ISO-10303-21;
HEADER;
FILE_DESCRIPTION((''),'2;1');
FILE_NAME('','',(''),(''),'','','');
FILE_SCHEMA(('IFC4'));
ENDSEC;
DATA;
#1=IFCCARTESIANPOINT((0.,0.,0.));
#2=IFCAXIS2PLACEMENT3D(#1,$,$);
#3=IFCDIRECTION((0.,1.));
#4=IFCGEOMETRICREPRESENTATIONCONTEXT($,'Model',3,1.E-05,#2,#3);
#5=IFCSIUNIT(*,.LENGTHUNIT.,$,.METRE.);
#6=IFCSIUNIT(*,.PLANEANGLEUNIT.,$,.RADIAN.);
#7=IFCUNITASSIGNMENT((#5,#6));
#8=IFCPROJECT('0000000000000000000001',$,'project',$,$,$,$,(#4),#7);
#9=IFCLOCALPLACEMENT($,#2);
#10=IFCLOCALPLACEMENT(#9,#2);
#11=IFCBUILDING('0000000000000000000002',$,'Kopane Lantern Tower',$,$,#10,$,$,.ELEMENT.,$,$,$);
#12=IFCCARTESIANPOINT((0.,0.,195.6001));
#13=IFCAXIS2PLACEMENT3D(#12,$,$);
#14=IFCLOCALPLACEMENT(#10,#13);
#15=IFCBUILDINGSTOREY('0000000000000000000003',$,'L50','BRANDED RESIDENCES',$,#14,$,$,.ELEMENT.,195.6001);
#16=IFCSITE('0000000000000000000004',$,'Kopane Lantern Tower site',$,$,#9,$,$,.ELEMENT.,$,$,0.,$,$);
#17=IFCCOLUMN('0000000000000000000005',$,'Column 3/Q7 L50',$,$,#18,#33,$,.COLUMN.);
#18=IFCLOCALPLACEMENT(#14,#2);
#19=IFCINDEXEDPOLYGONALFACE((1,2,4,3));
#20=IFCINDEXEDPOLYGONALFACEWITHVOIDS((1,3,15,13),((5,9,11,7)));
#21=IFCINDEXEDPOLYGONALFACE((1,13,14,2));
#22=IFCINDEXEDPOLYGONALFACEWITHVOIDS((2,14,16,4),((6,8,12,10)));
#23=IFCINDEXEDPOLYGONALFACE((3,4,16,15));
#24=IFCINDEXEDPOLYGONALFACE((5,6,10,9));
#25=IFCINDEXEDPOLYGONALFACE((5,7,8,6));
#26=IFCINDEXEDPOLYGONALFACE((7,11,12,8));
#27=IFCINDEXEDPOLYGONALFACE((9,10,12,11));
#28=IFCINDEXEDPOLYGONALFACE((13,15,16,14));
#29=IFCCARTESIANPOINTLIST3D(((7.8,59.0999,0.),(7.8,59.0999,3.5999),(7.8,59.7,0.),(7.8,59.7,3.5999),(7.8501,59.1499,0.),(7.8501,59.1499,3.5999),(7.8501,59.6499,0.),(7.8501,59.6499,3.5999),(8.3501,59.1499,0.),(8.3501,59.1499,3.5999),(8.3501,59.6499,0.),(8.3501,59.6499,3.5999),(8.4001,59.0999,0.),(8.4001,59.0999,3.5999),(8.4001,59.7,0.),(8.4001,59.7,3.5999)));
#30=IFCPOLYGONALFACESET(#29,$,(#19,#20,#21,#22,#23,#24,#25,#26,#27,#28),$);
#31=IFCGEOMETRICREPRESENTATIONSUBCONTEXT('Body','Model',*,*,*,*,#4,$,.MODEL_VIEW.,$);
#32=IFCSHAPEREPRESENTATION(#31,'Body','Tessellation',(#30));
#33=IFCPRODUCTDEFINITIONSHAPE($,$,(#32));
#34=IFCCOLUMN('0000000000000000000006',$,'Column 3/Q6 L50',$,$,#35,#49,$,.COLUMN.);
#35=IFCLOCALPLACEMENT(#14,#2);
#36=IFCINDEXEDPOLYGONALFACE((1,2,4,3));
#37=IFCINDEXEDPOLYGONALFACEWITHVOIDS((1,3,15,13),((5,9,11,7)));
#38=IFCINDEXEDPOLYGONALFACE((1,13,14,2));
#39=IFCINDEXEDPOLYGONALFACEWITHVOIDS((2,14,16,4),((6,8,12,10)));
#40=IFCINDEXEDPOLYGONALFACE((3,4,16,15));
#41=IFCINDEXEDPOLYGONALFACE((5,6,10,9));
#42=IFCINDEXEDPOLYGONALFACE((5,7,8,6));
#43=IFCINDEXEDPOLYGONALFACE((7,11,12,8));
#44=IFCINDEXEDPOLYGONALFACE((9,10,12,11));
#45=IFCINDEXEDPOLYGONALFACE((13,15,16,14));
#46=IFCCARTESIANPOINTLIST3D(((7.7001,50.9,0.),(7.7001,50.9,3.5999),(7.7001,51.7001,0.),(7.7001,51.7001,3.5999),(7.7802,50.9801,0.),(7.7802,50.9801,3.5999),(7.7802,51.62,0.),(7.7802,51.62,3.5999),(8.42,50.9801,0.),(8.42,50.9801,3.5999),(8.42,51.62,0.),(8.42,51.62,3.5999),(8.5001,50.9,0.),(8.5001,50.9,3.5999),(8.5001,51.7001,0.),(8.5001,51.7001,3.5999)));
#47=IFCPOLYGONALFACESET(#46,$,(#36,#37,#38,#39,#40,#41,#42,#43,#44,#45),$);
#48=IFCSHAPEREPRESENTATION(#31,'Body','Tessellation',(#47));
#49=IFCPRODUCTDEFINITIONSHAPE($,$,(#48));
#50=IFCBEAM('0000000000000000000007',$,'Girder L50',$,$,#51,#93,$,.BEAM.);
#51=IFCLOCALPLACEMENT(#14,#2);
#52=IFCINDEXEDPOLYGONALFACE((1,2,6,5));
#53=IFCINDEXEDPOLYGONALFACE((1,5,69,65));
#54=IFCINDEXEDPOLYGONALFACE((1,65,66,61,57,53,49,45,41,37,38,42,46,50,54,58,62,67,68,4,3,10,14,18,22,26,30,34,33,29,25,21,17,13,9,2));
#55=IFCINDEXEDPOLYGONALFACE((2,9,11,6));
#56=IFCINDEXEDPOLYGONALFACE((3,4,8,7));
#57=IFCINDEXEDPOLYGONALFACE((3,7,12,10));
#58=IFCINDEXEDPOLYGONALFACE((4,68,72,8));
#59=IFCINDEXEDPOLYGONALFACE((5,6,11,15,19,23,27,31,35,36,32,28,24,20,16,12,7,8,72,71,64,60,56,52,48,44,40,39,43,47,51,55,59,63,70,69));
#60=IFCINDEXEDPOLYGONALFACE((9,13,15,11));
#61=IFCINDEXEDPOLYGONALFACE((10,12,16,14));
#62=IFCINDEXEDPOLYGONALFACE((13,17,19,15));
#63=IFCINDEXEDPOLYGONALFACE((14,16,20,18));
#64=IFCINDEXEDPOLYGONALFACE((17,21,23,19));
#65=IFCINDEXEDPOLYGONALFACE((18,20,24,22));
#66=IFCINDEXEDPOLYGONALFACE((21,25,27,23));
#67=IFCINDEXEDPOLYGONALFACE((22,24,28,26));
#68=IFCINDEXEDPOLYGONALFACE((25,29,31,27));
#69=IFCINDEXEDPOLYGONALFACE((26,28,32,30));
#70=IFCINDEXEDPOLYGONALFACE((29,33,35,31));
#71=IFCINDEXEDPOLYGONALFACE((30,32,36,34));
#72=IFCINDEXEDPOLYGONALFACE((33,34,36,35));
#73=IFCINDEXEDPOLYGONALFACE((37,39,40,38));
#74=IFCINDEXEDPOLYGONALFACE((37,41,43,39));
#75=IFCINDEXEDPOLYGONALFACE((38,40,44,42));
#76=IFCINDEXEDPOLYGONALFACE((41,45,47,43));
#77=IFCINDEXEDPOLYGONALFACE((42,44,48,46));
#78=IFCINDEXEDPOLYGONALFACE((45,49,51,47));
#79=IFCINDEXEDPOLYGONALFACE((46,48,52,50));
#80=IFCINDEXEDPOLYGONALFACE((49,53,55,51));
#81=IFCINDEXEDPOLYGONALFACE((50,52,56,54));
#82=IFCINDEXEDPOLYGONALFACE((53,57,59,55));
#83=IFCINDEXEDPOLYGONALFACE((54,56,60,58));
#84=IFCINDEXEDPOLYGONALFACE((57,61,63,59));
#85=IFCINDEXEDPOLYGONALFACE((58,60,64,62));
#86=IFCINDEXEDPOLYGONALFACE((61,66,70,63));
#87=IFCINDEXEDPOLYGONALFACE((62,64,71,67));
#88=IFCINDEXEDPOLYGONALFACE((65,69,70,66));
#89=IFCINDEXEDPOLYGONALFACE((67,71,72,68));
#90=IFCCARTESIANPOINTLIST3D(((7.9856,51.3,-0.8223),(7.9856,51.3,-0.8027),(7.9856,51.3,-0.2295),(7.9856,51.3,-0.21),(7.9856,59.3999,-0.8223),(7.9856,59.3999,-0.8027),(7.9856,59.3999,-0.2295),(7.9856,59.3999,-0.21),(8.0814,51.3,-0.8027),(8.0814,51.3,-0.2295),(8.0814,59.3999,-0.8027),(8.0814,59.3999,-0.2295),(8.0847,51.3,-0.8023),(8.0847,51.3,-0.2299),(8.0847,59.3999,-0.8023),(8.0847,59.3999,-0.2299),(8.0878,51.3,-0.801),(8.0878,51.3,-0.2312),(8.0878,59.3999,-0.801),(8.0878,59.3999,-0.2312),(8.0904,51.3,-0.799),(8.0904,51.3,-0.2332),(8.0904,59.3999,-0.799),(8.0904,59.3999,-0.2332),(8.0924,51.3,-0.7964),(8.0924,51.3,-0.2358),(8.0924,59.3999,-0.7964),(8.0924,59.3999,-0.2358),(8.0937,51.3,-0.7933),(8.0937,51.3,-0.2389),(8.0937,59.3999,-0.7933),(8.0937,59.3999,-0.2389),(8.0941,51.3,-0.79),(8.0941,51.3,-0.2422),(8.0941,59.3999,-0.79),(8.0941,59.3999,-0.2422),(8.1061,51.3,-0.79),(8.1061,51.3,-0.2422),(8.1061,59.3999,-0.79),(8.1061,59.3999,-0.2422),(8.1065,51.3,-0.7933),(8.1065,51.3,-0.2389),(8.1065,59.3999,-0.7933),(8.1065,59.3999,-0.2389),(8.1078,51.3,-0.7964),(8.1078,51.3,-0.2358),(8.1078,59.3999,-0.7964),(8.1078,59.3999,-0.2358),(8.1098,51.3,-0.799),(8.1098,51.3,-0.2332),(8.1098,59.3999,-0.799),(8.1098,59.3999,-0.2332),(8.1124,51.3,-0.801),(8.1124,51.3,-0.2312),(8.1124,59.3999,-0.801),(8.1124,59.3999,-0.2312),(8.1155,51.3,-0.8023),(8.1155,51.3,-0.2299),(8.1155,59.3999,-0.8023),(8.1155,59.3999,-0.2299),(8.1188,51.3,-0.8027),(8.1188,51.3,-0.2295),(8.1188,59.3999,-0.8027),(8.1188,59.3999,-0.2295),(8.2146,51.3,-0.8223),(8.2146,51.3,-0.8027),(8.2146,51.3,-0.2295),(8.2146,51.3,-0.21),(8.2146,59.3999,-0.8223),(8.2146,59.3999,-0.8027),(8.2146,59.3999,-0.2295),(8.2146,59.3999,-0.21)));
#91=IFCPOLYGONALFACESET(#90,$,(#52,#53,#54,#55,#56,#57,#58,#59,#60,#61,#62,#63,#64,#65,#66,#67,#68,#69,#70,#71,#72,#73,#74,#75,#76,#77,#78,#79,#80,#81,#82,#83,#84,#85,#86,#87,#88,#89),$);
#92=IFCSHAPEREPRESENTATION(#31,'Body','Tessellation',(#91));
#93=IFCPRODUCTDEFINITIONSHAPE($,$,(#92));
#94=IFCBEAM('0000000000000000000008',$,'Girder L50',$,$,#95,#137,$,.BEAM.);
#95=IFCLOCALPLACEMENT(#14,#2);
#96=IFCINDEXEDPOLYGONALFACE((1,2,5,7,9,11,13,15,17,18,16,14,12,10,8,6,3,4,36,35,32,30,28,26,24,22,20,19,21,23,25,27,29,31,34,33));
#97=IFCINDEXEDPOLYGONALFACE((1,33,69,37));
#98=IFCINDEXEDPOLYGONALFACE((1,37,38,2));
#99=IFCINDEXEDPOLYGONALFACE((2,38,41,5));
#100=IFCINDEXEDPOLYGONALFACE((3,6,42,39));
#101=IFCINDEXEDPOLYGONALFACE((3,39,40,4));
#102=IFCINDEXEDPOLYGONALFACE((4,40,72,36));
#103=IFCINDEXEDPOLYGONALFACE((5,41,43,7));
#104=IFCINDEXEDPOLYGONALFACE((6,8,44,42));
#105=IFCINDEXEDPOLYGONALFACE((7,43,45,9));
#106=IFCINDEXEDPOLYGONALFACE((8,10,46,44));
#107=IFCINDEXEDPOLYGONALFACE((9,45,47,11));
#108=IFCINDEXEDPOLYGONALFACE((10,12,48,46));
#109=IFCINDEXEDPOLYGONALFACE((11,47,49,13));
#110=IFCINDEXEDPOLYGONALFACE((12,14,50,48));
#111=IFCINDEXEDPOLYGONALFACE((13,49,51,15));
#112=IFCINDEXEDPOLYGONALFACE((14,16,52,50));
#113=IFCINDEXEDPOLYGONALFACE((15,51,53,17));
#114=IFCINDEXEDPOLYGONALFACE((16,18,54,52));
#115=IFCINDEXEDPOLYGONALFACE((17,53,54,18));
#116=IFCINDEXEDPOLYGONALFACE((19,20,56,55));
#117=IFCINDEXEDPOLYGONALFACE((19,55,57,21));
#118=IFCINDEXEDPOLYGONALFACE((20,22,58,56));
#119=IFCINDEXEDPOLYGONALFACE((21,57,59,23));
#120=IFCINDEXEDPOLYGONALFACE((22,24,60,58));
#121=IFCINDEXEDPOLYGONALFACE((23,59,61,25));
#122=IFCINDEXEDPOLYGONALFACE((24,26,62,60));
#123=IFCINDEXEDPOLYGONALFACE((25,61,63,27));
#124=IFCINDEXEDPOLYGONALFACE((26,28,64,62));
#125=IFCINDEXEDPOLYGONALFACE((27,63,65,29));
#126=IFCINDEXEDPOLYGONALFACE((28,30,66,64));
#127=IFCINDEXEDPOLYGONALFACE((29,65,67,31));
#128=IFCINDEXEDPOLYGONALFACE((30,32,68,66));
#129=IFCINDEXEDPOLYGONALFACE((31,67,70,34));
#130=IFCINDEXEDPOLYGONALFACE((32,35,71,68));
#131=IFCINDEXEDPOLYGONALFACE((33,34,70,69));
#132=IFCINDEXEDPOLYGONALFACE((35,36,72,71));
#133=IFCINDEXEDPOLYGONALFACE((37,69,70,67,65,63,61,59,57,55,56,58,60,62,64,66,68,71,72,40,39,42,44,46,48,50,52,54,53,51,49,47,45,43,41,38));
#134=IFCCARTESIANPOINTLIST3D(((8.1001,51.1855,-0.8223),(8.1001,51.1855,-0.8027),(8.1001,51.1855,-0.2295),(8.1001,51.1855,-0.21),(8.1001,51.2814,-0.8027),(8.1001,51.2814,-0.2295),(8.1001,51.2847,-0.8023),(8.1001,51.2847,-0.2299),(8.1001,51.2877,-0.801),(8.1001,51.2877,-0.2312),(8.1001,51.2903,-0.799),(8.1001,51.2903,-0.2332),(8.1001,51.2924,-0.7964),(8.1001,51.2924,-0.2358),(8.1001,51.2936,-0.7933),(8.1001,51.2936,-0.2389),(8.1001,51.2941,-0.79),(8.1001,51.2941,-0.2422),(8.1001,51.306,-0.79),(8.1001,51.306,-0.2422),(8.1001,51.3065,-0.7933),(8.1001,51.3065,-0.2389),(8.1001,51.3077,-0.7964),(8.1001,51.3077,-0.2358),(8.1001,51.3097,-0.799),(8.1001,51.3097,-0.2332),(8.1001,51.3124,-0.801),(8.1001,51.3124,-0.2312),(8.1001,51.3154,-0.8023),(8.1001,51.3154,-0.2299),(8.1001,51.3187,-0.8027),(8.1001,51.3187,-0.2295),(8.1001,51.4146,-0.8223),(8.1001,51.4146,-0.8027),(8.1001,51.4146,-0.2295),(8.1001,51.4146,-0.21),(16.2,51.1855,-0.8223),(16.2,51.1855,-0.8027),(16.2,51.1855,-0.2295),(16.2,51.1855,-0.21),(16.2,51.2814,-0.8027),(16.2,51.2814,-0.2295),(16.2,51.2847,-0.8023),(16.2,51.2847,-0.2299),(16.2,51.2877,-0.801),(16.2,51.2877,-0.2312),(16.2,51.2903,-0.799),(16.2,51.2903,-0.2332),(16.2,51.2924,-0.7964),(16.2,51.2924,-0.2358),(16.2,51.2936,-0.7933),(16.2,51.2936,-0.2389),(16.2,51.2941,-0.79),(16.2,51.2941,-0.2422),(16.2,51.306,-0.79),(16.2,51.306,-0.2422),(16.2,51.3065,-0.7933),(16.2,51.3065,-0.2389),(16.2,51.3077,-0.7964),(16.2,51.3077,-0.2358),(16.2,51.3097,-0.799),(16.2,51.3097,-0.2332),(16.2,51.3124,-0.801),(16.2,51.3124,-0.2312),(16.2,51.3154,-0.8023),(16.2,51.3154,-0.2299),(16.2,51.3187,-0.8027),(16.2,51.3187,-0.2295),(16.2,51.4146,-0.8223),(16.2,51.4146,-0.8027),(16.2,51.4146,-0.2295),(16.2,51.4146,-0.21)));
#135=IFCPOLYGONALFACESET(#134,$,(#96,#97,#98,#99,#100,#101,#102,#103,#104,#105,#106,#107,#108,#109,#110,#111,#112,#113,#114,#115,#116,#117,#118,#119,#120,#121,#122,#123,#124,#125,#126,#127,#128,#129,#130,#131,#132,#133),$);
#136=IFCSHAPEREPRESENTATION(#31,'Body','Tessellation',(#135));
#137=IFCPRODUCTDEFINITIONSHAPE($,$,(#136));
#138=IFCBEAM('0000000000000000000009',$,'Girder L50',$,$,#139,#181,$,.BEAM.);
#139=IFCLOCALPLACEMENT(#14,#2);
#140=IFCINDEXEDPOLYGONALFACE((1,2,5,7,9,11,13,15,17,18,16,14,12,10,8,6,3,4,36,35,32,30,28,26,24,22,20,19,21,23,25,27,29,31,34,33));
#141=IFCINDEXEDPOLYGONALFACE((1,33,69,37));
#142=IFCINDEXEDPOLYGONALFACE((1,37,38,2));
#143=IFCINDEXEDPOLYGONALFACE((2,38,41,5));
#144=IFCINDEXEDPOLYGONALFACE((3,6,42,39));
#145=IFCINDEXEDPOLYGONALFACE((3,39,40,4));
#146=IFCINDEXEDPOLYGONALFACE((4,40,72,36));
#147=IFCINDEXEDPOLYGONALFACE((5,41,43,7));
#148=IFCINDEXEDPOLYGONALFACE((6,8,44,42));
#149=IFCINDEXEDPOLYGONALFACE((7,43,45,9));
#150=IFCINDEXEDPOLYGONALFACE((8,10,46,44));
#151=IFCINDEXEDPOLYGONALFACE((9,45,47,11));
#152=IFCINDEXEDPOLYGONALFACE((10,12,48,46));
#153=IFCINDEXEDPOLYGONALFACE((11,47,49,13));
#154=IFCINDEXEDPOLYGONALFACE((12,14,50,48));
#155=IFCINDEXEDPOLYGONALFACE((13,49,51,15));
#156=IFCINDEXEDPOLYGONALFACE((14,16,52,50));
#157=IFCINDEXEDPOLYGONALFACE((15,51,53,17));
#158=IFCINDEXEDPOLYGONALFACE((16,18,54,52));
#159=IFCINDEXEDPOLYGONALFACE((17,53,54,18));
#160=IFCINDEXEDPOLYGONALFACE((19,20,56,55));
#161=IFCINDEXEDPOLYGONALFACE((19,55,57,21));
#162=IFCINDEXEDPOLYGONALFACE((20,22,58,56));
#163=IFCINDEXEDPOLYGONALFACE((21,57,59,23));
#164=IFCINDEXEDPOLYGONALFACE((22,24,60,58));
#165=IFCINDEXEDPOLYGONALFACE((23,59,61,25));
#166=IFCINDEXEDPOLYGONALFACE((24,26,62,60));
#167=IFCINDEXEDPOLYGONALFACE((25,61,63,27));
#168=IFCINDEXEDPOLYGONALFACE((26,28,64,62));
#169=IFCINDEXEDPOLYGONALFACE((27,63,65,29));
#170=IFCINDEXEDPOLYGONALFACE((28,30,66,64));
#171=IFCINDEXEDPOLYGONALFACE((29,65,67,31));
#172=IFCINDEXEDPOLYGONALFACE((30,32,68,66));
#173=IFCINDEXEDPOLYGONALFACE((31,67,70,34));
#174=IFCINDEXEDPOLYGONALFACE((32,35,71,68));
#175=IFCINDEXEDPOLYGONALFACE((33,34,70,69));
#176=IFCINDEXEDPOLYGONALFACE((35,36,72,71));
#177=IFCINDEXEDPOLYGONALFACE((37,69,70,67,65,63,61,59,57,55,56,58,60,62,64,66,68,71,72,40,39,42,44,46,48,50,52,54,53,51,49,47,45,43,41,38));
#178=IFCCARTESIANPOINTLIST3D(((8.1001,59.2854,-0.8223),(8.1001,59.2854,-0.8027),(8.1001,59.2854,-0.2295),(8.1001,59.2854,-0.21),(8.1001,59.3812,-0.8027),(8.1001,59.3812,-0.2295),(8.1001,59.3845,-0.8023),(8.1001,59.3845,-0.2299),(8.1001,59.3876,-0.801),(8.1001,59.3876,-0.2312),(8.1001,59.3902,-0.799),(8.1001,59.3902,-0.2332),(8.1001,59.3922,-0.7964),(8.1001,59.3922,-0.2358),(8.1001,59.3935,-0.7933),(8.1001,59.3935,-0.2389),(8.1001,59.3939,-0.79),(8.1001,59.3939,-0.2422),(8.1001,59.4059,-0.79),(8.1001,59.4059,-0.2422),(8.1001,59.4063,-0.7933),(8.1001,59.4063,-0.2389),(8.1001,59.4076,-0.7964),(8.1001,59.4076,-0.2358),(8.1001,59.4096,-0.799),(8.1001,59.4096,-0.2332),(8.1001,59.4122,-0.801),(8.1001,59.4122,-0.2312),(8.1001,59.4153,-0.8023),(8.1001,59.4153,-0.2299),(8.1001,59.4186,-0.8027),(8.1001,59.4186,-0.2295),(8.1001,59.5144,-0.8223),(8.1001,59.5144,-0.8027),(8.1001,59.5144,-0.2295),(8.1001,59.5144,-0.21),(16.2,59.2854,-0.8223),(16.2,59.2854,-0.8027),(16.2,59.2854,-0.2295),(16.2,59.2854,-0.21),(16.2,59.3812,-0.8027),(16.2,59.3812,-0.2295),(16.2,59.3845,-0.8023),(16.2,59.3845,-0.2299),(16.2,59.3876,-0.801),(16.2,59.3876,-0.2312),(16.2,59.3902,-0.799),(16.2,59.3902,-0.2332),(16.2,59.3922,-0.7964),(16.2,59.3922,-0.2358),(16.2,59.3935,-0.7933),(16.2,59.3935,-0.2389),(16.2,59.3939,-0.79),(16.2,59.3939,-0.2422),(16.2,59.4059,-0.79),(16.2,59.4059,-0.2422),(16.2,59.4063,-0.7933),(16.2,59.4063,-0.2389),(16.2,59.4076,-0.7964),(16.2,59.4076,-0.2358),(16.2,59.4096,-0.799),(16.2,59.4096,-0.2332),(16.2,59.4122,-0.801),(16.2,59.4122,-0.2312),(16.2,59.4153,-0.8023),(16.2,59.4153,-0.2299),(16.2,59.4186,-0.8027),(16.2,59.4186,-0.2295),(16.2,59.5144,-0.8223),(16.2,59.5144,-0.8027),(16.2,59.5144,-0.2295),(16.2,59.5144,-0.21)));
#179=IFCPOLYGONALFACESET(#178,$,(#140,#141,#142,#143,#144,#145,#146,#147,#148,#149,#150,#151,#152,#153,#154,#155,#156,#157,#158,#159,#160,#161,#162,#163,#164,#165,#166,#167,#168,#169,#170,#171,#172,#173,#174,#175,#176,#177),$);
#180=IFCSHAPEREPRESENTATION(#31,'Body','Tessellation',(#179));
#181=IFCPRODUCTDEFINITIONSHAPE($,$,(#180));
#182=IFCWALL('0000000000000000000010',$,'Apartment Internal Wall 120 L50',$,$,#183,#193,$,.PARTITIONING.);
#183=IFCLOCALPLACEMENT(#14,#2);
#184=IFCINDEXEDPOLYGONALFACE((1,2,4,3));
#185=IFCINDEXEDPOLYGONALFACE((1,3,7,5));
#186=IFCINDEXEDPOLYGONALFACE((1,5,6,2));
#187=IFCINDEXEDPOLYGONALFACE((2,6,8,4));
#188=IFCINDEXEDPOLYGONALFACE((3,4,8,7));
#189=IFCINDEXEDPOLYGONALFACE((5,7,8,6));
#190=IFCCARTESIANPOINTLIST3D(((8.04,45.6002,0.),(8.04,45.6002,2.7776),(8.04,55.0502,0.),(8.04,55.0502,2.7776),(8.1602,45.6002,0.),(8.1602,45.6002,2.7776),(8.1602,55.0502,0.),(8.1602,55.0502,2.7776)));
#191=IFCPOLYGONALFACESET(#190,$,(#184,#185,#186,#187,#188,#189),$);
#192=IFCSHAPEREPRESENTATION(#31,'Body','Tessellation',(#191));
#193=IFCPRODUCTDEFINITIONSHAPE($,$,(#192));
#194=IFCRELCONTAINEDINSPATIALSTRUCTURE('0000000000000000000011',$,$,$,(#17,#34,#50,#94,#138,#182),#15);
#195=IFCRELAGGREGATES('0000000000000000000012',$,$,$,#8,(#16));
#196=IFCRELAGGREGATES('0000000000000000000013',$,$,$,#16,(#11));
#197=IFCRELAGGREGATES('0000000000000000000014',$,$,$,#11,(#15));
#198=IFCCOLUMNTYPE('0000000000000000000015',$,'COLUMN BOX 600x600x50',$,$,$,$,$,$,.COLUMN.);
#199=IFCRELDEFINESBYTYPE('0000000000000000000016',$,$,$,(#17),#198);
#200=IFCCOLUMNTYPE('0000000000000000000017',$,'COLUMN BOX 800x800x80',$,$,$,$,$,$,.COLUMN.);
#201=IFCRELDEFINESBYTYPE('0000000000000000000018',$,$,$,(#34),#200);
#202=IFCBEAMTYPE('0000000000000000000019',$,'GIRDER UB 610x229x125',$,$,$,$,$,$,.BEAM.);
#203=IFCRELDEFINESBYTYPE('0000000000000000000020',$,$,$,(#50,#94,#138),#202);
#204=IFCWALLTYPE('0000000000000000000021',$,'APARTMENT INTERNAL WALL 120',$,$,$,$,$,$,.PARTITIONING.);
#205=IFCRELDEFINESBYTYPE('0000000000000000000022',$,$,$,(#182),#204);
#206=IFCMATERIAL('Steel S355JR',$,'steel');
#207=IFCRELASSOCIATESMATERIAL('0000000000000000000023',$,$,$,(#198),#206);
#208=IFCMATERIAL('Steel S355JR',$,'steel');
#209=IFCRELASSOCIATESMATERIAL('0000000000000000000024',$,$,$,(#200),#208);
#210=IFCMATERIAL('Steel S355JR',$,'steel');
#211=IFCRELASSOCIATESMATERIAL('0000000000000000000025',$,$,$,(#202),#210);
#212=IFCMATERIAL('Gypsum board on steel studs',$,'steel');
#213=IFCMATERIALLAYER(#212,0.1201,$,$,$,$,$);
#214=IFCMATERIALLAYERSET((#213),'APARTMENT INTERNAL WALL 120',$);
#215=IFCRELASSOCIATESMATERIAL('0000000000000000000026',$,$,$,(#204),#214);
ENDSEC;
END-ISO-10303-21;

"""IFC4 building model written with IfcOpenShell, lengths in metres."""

from ifc_helpers import new_model, si_unit, direction, frame, frame_2d, origin, origin_2d, place, context, subcontext, project, spatial, rectangle, hollow_rectangle, i_section, extrude, material, layer, layer_set, material_profile, profile_set, type_object, element, save


model = new_model("IFC4")

# Units and contexts
model_context = context("Model", 3, precision=1e-05, world=origin(), true_north=direction((0.0, 1.0)))
body_context = subcontext(model_context, "Body", "Model", "MODEL_VIEW")
ifc_project = project(units=[si_unit("LENGTHUNIT", "METRE"), si_unit("PLANEANGLEUNIT", "RADIAN")], contexts=[model_context])

# Site, building, storey
site_placement = place(None, origin())
site = spatial("IfcSite", under=ifc_project, at=site_placement, Name="Kopane Lantern Tower site", CompositionType="ELEMENT", RefElevation=0.0)
building_placement = place(site_placement, origin())
building = spatial("IfcBuilding", under=site, at=building_placement, Name="Kopane Lantern Tower", CompositionType="ELEMENT")
storey_placement = place(building_placement, frame((0.0, 0.0, 195.6001)))
storey = spatial("IfcBuildingStorey", under=building, at=storey_placement, Name="L50", Description="BRANDED RESIDENCES", CompositionType="ELEMENT", Elevation=195.6001)

# Columns
ifc_material_1 = material(Name="Steel S355JR", Category="steel")
ifc_material_profile_1 = material_profile(ifc_material_1, hollow_rectangle(XDim=0.6001, YDim=0.6001, WallThickness=0.05, at=origin_2d()), Name="BOX 600x600x50")
ifc_profile_set_1 = profile_set([ifc_material_profile_1], Name="Steel S355JR")
column_type_1 = type_object("IfcColumnType", Name="COLUMN BOX 600x600x50", PredefinedType="COLUMN", material=ifc_profile_set_1)
column_1_placement = place(storey_placement, frame((8.1001, 59.3999, 0.0), z_axis=(0.0, 0.0, 1.0), x_axis=(1.0, 0.0, 0.0)))
element("IfcColumn", 1, at=column_1_placement, inside=storey, type_object=column_type_1, Name="Column 3/Q7 L50", PredefinedType="COLUMN", context=body_context, shape_type="SweptSolid", body=[
    extrude(hollow_rectangle(XDim=0.6001, YDim=0.6001, WallThickness=0.05, at=origin_2d()), origin(), (0.0, 0.0, 1.0), 3.5999),
])
ifc_material_2 = material(Name="Steel S355JR", Category="steel")
ifc_material_profile_2 = material_profile(ifc_material_2, hollow_rectangle(XDim=0.8, YDim=0.8, WallThickness=0.0801, at=origin_2d()), Name="BOX 800x800x80")
ifc_profile_set_2 = profile_set([ifc_material_profile_2], Name="Steel S355JR")
column_type_2 = type_object("IfcColumnType", Name="COLUMN BOX 800x800x80", PredefinedType="COLUMN", material=ifc_profile_set_2)
column_2_placement = place(storey_placement, frame((8.1001, 51.3, 0.0), z_axis=(0.0, 0.0, 1.0), x_axis=(1.0, 0.0, 0.0)))
element("IfcColumn", 2, at=column_2_placement, inside=storey, type_object=column_type_2, Name="Column 3/Q6 L50", PredefinedType="COLUMN", context=body_context, shape_type="SweptSolid", body=[
    extrude(hollow_rectangle(XDim=0.8, YDim=0.8, WallThickness=0.0801, at=origin_2d()), origin(), (0.0, 0.0, 1.0), 3.5999),
])

# Beams
ifc_material_3 = material(Name="Steel S355JR", Category="steel")
ifc_material_profile_3 = material_profile(ifc_material_3, i_section(OverallWidth=0.229, OverallDepth=0.6123, WebThickness=0.012, FlangeThickness=0.0195, FilletRadius=0.0127, at=origin_2d()), Name="UB 610x229x125")
ifc_profile_set_3 = profile_set([ifc_material_profile_3], Name="Steel S355JR")
beam_type = type_object("IfcBeamType", Name="GIRDER UB 610x229x125", PredefinedType="BEAM", material=ifc_profile_set_3)
for number, where, z_axis, x_axis, name in (
    (3, (8.1001, 51.3, -0.5161), (0.0, 1.0, 0.0), (-1.0, 0.0, 0.0), "Girder L50"),
    (4, (8.1001, 51.3, -0.5161), (1.0, 0.0, 0.0), (0.0, 1.0, 0.0), "Girder L50"),
    (5, (8.1001, 59.3999, -0.5161), (1.0, 0.0, 0.0), (0.0, 1.0, 0.0), "Girder L50"),
):
    element("IfcBeam", number, at=place(storey_placement, frame(where, z_axis=z_axis, x_axis=x_axis)), inside=storey, type_object=beam_type, Name=name, PredefinedType="BEAM", context=body_context, shape_type="SweptSolid", body=[
        extrude(i_section(OverallWidth=0.229, OverallDepth=0.6123, WebThickness=0.012, FlangeThickness=0.0195, FilletRadius=0.0127, at=origin_2d()), origin(), (0.0, 0.0, 1.0), 8.0999),
    ])

# Wall
ifc_material_4 = material(Name="Gypsum board on steel studs", Category="steel")
ifc_layer_1 = layer(ifc_material_4, 0.1201)
ifc_layer_set_1 = layer_set([ifc_layer_1], Name="APARTMENT INTERNAL WALL 120")
wall_type_1 = type_object("IfcWallType", Name="APARTMENT INTERNAL WALL 120", PredefinedType="PARTITIONING", material=ifc_layer_set_1)
wall_1_placement = place(storey_placement, frame((8.1001, 45.6001, 0.0), z_axis=(0.0, 0.0, 1.0), x_axis=(0.0, 1.0, 0.0)))
element("IfcWall", 6, at=wall_1_placement, inside=storey, type_object=wall_type_1, Name="Apartment Internal Wall 120 L50", PredefinedType="PARTITIONING", context=body_context, shape_type="SweptSolid", body=[
    extrude(rectangle(XDim=9.45, YDim=0.1201, at=frame_2d((4.7251, 0.0))), origin(), (0.0, 0.0, 1.0), 2.7776),
])

save(model, "model.ifc")
